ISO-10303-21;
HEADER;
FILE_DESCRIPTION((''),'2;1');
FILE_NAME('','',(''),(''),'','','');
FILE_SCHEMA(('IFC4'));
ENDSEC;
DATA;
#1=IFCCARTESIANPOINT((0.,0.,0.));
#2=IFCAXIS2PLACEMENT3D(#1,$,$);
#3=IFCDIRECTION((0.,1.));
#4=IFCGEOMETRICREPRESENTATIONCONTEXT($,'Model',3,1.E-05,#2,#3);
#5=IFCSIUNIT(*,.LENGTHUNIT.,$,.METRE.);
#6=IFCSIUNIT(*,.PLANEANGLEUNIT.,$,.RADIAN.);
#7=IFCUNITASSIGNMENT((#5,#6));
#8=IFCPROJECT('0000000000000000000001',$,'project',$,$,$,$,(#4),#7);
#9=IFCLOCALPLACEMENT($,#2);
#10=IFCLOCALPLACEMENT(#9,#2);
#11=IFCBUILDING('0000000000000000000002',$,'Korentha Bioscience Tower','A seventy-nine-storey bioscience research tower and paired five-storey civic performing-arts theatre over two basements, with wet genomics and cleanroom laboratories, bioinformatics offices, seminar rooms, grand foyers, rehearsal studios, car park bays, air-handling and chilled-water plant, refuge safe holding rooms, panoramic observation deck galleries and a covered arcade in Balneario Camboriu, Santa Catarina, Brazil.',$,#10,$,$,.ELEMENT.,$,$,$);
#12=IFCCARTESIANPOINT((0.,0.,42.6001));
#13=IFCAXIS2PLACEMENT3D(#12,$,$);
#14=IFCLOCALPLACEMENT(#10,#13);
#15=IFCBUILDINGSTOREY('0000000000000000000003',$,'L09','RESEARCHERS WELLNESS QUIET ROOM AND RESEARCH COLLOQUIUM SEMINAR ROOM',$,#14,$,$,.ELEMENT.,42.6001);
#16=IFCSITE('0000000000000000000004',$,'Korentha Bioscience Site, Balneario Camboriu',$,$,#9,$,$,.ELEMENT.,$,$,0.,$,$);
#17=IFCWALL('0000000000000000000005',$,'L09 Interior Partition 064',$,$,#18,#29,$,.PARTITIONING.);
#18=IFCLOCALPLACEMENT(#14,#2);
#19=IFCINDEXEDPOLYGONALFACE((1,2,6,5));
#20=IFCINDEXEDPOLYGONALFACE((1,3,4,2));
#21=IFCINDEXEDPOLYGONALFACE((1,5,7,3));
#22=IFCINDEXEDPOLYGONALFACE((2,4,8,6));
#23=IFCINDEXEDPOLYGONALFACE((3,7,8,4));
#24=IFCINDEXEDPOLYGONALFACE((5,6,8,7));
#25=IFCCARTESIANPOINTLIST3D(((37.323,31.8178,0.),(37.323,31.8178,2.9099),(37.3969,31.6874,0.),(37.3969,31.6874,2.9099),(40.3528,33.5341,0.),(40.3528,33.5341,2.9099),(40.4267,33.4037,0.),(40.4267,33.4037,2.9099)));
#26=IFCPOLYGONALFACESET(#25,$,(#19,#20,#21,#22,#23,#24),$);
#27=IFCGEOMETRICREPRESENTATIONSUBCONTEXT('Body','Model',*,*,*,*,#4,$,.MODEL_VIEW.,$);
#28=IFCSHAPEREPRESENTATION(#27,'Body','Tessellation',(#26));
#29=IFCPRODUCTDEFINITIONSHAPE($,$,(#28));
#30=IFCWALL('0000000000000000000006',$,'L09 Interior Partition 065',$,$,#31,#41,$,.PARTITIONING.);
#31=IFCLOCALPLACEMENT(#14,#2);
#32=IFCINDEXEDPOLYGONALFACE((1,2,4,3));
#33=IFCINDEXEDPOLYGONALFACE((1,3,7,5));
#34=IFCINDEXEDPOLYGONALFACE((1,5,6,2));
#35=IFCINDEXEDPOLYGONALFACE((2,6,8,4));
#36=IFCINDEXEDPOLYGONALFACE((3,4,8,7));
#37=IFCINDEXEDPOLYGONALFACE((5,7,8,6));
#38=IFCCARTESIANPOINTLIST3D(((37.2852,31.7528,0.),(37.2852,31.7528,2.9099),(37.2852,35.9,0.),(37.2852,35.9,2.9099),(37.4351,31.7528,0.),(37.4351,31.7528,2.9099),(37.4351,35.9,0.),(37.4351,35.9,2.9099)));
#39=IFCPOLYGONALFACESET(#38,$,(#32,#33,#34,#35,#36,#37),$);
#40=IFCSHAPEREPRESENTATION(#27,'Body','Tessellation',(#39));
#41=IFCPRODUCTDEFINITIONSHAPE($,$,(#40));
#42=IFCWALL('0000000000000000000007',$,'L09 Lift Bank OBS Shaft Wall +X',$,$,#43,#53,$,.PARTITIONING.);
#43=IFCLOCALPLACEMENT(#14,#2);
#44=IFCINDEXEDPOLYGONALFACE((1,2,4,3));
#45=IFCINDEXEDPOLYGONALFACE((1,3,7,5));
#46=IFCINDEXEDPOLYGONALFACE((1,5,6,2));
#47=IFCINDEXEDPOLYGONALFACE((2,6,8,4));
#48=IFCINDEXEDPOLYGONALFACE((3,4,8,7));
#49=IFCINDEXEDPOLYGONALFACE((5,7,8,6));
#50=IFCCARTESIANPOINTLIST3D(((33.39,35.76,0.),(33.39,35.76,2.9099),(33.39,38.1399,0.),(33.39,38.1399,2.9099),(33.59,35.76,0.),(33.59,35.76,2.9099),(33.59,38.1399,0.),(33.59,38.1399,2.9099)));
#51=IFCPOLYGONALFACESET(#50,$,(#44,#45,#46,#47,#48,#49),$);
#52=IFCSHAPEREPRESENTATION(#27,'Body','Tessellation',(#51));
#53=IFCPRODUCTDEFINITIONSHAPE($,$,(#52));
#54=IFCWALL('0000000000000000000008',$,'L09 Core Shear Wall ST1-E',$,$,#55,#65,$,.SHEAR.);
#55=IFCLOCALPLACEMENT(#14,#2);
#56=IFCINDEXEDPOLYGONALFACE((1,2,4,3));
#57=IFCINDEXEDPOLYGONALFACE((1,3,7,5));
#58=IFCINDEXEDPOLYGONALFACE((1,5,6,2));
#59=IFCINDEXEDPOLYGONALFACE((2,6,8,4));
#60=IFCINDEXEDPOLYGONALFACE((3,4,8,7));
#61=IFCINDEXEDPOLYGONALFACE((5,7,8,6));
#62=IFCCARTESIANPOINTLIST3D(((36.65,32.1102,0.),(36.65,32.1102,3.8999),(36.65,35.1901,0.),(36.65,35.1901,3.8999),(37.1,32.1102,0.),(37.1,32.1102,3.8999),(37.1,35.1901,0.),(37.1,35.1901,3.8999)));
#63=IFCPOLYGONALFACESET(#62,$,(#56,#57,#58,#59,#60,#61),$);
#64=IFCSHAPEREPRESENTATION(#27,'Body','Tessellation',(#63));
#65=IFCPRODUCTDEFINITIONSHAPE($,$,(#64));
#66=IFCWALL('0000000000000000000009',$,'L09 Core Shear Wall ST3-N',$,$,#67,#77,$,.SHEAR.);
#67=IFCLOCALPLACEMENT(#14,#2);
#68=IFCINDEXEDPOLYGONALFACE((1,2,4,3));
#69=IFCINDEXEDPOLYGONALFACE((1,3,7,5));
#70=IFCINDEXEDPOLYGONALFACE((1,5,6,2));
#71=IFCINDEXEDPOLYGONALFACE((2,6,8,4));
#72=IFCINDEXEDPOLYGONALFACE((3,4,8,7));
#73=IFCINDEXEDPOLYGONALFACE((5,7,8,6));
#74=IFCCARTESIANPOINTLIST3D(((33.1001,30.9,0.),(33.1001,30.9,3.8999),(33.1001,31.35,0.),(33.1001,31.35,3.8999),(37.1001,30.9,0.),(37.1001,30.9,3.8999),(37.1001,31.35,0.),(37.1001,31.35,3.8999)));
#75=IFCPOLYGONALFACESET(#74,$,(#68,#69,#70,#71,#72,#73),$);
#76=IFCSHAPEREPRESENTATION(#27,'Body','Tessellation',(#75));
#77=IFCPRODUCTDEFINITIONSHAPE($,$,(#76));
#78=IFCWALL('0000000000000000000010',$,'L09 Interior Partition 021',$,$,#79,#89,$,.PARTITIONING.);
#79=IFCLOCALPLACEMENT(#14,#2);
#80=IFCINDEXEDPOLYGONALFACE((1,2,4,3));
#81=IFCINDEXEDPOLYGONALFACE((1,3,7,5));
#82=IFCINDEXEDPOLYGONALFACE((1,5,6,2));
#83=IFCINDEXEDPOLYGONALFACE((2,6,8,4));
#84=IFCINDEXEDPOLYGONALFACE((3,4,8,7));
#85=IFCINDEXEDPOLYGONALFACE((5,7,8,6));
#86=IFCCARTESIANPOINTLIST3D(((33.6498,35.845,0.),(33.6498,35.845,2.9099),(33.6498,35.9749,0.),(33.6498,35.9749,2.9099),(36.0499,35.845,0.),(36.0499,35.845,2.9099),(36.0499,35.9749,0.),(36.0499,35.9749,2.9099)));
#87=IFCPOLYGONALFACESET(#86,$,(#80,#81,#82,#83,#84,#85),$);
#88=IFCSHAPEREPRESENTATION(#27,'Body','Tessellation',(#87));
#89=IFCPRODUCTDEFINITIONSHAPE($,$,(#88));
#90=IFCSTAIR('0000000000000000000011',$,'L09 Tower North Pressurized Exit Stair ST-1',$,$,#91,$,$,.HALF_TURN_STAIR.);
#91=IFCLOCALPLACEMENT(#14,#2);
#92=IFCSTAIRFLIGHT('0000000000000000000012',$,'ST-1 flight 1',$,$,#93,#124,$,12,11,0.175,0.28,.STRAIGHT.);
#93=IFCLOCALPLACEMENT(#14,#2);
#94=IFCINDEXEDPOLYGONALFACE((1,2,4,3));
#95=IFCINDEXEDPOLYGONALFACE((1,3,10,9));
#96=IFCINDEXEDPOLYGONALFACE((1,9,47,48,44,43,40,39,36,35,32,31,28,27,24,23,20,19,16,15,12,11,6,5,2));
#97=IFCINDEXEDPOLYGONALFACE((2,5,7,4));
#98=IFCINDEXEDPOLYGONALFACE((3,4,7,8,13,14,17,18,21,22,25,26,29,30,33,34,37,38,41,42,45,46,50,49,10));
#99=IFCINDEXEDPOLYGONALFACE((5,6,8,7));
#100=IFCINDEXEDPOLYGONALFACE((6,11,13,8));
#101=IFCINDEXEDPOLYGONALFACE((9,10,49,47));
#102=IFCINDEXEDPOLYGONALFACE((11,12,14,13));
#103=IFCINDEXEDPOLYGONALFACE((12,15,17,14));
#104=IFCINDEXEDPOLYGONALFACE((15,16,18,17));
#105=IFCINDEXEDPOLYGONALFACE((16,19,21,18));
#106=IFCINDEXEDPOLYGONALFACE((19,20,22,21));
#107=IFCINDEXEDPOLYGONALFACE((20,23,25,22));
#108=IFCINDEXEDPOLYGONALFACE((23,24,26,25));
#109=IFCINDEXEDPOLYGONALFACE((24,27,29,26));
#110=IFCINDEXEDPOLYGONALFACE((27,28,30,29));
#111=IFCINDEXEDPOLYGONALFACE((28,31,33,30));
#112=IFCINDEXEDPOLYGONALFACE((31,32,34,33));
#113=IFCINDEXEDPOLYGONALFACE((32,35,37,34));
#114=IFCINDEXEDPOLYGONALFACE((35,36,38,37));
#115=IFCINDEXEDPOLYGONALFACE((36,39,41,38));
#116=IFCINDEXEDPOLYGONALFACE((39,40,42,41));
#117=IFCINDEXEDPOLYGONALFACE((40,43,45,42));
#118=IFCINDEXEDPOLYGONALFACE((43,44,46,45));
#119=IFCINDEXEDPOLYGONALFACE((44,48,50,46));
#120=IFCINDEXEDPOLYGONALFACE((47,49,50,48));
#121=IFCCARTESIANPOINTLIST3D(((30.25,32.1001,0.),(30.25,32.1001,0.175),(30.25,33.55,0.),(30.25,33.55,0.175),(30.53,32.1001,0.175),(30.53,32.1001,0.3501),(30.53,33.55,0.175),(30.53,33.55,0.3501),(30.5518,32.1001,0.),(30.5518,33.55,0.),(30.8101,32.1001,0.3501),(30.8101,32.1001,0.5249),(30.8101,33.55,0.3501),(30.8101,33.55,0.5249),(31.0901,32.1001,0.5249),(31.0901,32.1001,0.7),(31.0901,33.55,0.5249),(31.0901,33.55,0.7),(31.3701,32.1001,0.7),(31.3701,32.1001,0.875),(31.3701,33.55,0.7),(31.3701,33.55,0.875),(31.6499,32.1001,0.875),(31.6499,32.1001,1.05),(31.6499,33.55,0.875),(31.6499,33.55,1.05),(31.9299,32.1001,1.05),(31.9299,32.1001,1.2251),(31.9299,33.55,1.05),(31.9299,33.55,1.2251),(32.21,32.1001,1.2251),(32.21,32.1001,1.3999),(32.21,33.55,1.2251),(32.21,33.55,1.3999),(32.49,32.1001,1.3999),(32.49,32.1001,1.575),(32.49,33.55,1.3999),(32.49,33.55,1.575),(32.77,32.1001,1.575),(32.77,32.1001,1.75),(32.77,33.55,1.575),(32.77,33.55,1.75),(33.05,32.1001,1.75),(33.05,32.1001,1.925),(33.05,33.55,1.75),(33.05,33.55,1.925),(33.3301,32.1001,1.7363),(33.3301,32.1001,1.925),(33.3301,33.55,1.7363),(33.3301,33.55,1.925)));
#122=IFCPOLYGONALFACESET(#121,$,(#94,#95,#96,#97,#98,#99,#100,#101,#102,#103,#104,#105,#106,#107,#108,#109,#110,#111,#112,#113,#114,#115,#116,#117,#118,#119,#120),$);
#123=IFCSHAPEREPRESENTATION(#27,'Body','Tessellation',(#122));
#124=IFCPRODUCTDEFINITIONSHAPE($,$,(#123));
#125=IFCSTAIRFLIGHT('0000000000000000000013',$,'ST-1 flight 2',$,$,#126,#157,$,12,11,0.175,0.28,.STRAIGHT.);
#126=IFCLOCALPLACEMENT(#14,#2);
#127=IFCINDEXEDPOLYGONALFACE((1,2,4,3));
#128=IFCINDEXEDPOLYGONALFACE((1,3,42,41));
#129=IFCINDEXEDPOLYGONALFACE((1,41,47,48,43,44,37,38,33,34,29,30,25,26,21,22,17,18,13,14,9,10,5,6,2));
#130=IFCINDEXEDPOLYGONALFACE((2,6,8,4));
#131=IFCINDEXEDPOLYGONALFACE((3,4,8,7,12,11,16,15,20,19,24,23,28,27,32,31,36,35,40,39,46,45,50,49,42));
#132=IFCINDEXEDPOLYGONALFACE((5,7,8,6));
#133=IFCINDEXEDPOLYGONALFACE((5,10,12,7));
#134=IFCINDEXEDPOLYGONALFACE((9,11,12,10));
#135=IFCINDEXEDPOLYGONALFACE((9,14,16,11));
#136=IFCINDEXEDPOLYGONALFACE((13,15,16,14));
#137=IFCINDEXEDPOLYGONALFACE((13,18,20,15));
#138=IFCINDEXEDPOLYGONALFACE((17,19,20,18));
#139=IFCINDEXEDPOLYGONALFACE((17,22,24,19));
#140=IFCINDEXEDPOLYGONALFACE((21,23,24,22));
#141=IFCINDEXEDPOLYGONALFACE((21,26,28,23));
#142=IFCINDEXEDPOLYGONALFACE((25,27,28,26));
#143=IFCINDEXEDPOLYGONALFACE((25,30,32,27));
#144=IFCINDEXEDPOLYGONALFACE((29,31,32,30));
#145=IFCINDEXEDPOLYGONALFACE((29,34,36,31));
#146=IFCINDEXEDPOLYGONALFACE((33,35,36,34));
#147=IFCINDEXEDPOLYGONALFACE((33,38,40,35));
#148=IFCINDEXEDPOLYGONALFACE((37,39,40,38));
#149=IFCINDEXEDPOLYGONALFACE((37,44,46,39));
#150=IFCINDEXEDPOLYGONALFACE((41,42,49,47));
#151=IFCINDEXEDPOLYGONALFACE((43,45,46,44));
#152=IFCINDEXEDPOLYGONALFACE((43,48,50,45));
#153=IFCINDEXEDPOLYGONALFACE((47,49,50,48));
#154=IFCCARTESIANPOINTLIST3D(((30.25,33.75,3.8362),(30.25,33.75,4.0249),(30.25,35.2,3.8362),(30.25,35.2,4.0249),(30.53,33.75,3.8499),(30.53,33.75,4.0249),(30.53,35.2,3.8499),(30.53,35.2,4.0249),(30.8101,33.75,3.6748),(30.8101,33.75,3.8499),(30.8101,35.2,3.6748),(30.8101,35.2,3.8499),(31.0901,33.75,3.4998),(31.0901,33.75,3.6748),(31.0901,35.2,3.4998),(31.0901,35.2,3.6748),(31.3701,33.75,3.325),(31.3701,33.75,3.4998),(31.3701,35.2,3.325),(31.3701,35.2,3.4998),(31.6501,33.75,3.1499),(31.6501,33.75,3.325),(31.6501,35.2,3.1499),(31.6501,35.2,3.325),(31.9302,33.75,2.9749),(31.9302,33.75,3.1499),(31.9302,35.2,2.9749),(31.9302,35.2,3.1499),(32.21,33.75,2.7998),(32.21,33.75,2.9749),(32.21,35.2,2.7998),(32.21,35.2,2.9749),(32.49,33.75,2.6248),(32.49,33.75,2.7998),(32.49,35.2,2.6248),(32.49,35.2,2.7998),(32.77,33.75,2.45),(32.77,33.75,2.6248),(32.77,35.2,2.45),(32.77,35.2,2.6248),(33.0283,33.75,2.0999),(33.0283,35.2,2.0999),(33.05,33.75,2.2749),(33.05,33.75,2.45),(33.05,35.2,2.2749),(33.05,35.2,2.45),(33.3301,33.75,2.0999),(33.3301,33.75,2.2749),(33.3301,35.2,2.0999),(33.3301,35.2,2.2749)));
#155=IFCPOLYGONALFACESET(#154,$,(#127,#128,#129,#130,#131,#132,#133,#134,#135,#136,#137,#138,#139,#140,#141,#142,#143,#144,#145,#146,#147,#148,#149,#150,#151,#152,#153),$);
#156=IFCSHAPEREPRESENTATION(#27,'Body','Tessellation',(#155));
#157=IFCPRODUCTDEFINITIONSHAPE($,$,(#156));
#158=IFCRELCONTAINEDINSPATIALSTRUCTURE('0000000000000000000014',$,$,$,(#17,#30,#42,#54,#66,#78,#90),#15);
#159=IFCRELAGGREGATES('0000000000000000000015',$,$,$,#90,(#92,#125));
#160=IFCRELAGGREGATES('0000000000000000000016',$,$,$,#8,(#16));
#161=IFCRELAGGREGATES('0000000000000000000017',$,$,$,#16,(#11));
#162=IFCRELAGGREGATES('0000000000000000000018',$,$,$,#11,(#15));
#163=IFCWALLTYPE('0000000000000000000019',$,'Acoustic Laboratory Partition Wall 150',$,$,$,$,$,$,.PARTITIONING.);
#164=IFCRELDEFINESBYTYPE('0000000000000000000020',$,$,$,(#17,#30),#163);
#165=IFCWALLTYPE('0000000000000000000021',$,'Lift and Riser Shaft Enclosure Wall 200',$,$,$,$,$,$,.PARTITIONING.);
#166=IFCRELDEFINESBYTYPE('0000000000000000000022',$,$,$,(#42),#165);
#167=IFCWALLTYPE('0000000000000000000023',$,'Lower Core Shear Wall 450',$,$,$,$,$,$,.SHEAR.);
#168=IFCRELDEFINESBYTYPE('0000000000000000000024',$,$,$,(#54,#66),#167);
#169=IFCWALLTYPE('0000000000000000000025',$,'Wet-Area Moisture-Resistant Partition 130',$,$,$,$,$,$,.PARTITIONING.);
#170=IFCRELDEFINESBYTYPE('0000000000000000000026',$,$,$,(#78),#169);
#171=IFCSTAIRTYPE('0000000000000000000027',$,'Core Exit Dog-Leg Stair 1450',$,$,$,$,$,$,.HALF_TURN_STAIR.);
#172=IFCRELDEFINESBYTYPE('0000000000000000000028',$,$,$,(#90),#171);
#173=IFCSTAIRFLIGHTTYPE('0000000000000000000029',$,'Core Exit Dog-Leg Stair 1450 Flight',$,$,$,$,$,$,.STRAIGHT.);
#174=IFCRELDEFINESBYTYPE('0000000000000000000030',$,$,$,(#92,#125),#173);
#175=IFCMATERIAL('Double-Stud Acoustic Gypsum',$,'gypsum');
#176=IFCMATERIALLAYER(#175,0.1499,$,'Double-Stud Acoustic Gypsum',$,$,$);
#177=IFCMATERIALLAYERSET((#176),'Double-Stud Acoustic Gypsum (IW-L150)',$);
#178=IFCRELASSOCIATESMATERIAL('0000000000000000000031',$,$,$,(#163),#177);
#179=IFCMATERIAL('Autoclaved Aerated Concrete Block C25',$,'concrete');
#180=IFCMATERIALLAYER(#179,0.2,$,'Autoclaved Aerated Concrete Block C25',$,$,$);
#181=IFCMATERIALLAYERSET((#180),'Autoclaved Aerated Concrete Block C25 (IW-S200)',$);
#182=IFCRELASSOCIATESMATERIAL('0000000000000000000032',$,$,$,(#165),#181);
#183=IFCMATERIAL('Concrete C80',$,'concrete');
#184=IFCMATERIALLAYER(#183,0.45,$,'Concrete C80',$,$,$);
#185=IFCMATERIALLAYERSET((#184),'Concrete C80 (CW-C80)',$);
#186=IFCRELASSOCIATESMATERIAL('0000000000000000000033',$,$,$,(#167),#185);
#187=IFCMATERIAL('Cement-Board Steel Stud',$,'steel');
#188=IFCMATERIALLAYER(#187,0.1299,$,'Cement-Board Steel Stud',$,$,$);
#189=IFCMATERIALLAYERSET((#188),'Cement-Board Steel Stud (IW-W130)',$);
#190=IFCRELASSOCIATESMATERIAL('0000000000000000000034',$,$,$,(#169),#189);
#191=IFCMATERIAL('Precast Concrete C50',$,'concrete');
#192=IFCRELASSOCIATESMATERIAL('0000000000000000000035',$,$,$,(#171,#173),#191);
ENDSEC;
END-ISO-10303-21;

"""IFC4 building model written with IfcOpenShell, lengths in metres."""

from ifc_helpers import new_model, si_unit, direction, frame, frame_2d, origin, place, context, subcontext, project, spatial, polyline, rectangle, outline, extrude, material, layer, layer_set, type_object, element, aggregate, save


model = new_model("IFC4")

# Units and contexts
model_context = context("Model", 3, precision=1e-05, world=origin(), true_north=direction((0.0, 1.0)))
body_context = subcontext(model_context, "Body", "Model", "MODEL_VIEW")
ifc_project = project(units=[si_unit("LENGTHUNIT", "METRE"), si_unit("PLANEANGLEUNIT", "RADIAN")], contexts=[model_context])

# Site, building, storey
site_placement = place(None, origin())
site = spatial("IfcSite", under=ifc_project, at=site_placement, Name="Korentha Bioscience Site, Balneario Camboriu", CompositionType="ELEMENT", RefElevation=0.0)
building_placement = place(site_placement, origin())
building = spatial("IfcBuilding", under=site, at=building_placement, Name="Korentha Bioscience Tower", Description="A seventy-nine-storey bioscience research tower and paired five-storey civic performing-arts theatre over two basements, with wet genomics and cleanroom laboratories, bioinformatics offices, seminar rooms, grand foyers, rehearsal studios, car park bays, air-handling and chilled-water plant, refuge safe holding rooms, panoramic observation deck galleries and a covered arcade in Balneario Camboriu, Santa Catarina, Brazil.", CompositionType="ELEMENT")
storey_placement = place(building_placement, frame((0.0, 0.0, 42.6001)))
storey = spatial("IfcBuildingStorey", under=building, at=storey_placement, Name="L09", Description="RESEARCHERS WELLNESS QUIET ROOM AND RESEARCH COLLOQUIUM SEMINAR ROOM", CompositionType="ELEMENT", Elevation=42.6001)

# Walls
ifc_material_1 = material(Name="Double-Stud Acoustic Gypsum", Category="gypsum")
ifc_layer_1 = layer(ifc_material_1, 0.1499, Name="Double-Stud Acoustic Gypsum")
ifc_layer_set_1 = layer_set([ifc_layer_1], Name="Double-Stud Acoustic Gypsum (IW-L150)")
wall_type_1 = type_object("IfcWallType", Name="Acoustic Laboratory Partition Wall 150", PredefinedType="PARTITIONING", material=ifc_layer_set_1)
wall_1_placement = place(storey_placement, frame((40.3899, 33.469, 0.0), z_axis=(0.0, 0.0, 1.0), x_axis=(-0.870092, -0.492889, 0.0)))
element("IfcWall", 1, at=wall_1_placement, inside=storey, type_object=wall_type_1, Name="L09 Interior Partition 064", PredefinedType="PARTITIONING", context=body_context, shape_type="SweptSolid", body=[
    extrude(rectangle(XDim=3.4822, YDim=0.1499, at=frame_2d((1.7412, 0.0))), origin(), (0.0, 0.0, 1.0), 2.9099),
])
wall_2_placement = place(storey_placement, frame((37.3601, 31.7527, 0.0), z_axis=(0.0, 0.0, 1.0), x_axis=(0.0, 1.0, 0.0)))
element("IfcWall", 2, at=wall_2_placement, inside=storey, type_object=wall_type_1, Name="L09 Interior Partition 065", PredefinedType="PARTITIONING", context=body_context, shape_type="SweptSolid", body=[
    extrude(rectangle(XDim=4.1472, YDim=0.1499, at=frame_2d((2.0737, 0.0))), origin(), (0.0, 0.0, 1.0), 2.9099),
])
ifc_material_2 = material(Name="Autoclaved Aerated Concrete Block C25", Category="concrete")
ifc_layer_2 = layer(ifc_material_2, 0.2, Name="Autoclaved Aerated Concrete Block C25")
ifc_layer_set_2 = layer_set([ifc_layer_2], Name="Autoclaved Aerated Concrete Block C25 (IW-S200)")
wall_type_2 = type_object("IfcWallType", Name="Lift and Riser Shaft Enclosure Wall 200", PredefinedType="PARTITIONING", material=ifc_layer_set_2)
wall_3_placement = place(storey_placement, frame((33.49, 35.76, 0.0), z_axis=(0.0, 0.0, 1.0), x_axis=(0.0, 1.0, 0.0)))
element("IfcWall", 3, at=wall_3_placement, inside=storey, type_object=wall_type_2, Name="L09 Lift Bank OBS Shaft Wall +X", PredefinedType="PARTITIONING", context=body_context, shape_type="SweptSolid", body=[
    extrude(rectangle(XDim=2.3799, YDim=0.2, at=frame_2d((1.1899, 0.0))), origin(), (0.0, 0.0, 1.0), 2.9099),
])
ifc_material_3 = material(Name="Concrete C80", Category="concrete")
ifc_layer_3 = layer(ifc_material_3, 0.45, Name="Concrete C80")
ifc_layer_set_3 = layer_set([ifc_layer_3], Name="Concrete C80 (CW-C80)")
wall_type_3 = type_object("IfcWallType", Name="Lower Core Shear Wall 450", PredefinedType="SHEAR", material=ifc_layer_set_3)
wall_4_placement = place(storey_placement, frame((36.875, 32.1101, 0.0), z_axis=(0.0, 0.0, 1.0), x_axis=(0.0, 1.0, 0.0)))
element("IfcWall", 4, at=wall_4_placement, inside=storey, type_object=wall_type_3, Name="L09 Core Shear Wall ST1-E", PredefinedType="SHEAR", context=body_context, shape_type="SweptSolid", body=[
    extrude(rectangle(XDim=3.0798, YDim=0.45, at=frame_2d((1.54, 0.0))), origin(), (0.0, 0.0, 1.0), 3.8999),
])
wall_5_placement = place(storey_placement, frame((33.1001, 31.125, 0.0), z_axis=(0.0, 0.0, 1.0), x_axis=(1.0, 0.0, 0.0)))
element("IfcWall", 5, at=wall_5_placement, inside=storey, type_object=wall_type_3, Name="L09 Core Shear Wall ST3-N", PredefinedType="SHEAR", context=body_context, shape_type="SweptSolid", body=[
    extrude(rectangle(XDim=4.0, YDim=0.45, at=frame_2d((2.0, 0.0))), origin(), (0.0, 0.0, 1.0), 3.8999),
])
ifc_material_4 = material(Name="Cement-Board Steel Stud", Category="steel")
ifc_layer_4 = layer(ifc_material_4, 0.1299, Name="Cement-Board Steel Stud")
ifc_layer_set_4 = layer_set([ifc_layer_4], Name="Cement-Board Steel Stud (IW-W130)")
wall_type_4 = type_object("IfcWallType", Name="Wet-Area Moisture-Resistant Partition 130", PredefinedType="PARTITIONING", material=ifc_layer_set_4)
wall_6_placement = place(storey_placement, frame((36.05, 35.9099, 0.0), z_axis=(0.0, 0.0, 1.0), x_axis=(-1.0, 0.0, 0.0)))
element("IfcWall", 6, at=wall_6_placement, inside=storey, type_object=wall_type_4, Name="L09 Interior Partition 021", PredefinedType="PARTITIONING", context=body_context, shape_type="SweptSolid", body=[
    extrude(rectangle(XDim=2.4001, YDim=0.1299, at=frame_2d((1.2002, 0.0))), origin(), (0.0, 0.0, 1.0), 2.9099),
])

# Stair, stair flights
ifc_material_5 = material(Name="Precast Concrete C50", Category="concrete")
stair_type = type_object("IfcStairType", Name="Core Exit Dog-Leg Stair 1450", PredefinedType="HALF_TURN_STAIR", material=ifc_material_5)
stair_1_placement = place(storey_placement, origin())
stair_1 = element("IfcStair", 7, at=stair_1_placement, inside=storey, type_object=stair_type, Name="L09 Tower North Pressurized Exit Stair ST-1", PredefinedType="HALF_TURN_STAIR")
stair_flight_type = type_object("IfcStairFlightType", Name="Core Exit Dog-Leg Stair 1450 Flight", PredefinedType="STRAIGHT", material=ifc_material_5)
stair_flight_1_placement = place(storey_placement, frame((30.25, 32.825, 0.0), z_axis=(0.0, 0.0, 1.0), x_axis=(1.0, 0.0, 0.0)))
stair_flight_1 = element("IfcStairFlight", 8, at=stair_flight_1_placement, type_object=stair_flight_type, Name="ST-1 flight 1", NumberOfRisers=12, NumberOfTreads=11, PredefinedType="STRAIGHT", RiserHeight=0.175, TreadLength=0.28, context=body_context, shape_type="SweptSolid", body=[
    extrude(outline(polyline([(0.0, 0.0), (0.0, 0.175), (0.28, 0.175), (0.28, 0.3501), (0.5601, 0.3501), (0.5601, 0.5249), (0.8401, 0.5249), (0.8401, 0.7), (1.1201, 0.7), (1.1201, 0.875), (1.3999, 0.875), (1.3999, 1.05), (1.6799, 1.05), (1.6799, 1.2251), (1.96, 1.2251), (1.96, 1.3999), (2.24, 1.3999), (2.24, 1.575), (2.52, 1.575), (2.52, 1.75), (2.8, 1.75), (2.8, 1.925), (3.0801, 1.925), (3.0801, 2.1001), (3.0801, 1.7363), (0.3018, 0.0), (0.0, 0.0)])), frame((0.0, 0.7251, 0.0), z_axis=(0.0, -1.0, 0.0), x_axis=(1.0, 0.0, 0.0)), (0.0, 0.0, 1.0), 1.45),
])
stair_flight_2_placement = place(storey_placement, frame((33.3301, 34.4751, 2.0999), z_axis=(0.0, 0.0, 1.0), x_axis=(-1.0, 0.0, 0.0)))
stair_flight_2 = element("IfcStairFlight", 9, at=stair_flight_2_placement, type_object=stair_flight_type, Name="ST-1 flight 2", NumberOfRisers=12, NumberOfTreads=11, PredefinedType="STRAIGHT", RiserHeight=0.175, TreadLength=0.28, context=body_context, shape_type="SweptSolid", body=[
    extrude(outline(polyline([(0.0, 0.0), (0.0, 0.175), (0.28, 0.175), (0.28, 0.3501), (0.5601, 0.3501), (0.5601, 0.5249), (0.8401, 0.5249), (0.8401, 0.7), (1.1201, 0.7), (1.1201, 0.875), (1.3999, 0.875), (1.3999, 1.05), (1.6799, 1.05), (1.6799, 1.2251), (1.96, 1.2251), (1.96, 1.3999), (2.24, 1.3999), (2.24, 1.575), (2.52, 1.575), (2.52, 1.75), (2.8, 1.75), (2.8, 1.925), (3.0801, 1.925), (3.0801, 2.1001), (3.0801, 1.7363), (0.3018, 0.0), (0.0, 0.0)])), frame((0.0, 0.7251, 0.0), z_axis=(0.0, -1.0, 0.0), x_axis=(1.0, 0.0, 0.0)), (0.0, 0.0, 1.0), 1.45),
])
aggregate(stair_1, [stair_flight_1, stair_flight_2])

save(model, "model.ifc")
